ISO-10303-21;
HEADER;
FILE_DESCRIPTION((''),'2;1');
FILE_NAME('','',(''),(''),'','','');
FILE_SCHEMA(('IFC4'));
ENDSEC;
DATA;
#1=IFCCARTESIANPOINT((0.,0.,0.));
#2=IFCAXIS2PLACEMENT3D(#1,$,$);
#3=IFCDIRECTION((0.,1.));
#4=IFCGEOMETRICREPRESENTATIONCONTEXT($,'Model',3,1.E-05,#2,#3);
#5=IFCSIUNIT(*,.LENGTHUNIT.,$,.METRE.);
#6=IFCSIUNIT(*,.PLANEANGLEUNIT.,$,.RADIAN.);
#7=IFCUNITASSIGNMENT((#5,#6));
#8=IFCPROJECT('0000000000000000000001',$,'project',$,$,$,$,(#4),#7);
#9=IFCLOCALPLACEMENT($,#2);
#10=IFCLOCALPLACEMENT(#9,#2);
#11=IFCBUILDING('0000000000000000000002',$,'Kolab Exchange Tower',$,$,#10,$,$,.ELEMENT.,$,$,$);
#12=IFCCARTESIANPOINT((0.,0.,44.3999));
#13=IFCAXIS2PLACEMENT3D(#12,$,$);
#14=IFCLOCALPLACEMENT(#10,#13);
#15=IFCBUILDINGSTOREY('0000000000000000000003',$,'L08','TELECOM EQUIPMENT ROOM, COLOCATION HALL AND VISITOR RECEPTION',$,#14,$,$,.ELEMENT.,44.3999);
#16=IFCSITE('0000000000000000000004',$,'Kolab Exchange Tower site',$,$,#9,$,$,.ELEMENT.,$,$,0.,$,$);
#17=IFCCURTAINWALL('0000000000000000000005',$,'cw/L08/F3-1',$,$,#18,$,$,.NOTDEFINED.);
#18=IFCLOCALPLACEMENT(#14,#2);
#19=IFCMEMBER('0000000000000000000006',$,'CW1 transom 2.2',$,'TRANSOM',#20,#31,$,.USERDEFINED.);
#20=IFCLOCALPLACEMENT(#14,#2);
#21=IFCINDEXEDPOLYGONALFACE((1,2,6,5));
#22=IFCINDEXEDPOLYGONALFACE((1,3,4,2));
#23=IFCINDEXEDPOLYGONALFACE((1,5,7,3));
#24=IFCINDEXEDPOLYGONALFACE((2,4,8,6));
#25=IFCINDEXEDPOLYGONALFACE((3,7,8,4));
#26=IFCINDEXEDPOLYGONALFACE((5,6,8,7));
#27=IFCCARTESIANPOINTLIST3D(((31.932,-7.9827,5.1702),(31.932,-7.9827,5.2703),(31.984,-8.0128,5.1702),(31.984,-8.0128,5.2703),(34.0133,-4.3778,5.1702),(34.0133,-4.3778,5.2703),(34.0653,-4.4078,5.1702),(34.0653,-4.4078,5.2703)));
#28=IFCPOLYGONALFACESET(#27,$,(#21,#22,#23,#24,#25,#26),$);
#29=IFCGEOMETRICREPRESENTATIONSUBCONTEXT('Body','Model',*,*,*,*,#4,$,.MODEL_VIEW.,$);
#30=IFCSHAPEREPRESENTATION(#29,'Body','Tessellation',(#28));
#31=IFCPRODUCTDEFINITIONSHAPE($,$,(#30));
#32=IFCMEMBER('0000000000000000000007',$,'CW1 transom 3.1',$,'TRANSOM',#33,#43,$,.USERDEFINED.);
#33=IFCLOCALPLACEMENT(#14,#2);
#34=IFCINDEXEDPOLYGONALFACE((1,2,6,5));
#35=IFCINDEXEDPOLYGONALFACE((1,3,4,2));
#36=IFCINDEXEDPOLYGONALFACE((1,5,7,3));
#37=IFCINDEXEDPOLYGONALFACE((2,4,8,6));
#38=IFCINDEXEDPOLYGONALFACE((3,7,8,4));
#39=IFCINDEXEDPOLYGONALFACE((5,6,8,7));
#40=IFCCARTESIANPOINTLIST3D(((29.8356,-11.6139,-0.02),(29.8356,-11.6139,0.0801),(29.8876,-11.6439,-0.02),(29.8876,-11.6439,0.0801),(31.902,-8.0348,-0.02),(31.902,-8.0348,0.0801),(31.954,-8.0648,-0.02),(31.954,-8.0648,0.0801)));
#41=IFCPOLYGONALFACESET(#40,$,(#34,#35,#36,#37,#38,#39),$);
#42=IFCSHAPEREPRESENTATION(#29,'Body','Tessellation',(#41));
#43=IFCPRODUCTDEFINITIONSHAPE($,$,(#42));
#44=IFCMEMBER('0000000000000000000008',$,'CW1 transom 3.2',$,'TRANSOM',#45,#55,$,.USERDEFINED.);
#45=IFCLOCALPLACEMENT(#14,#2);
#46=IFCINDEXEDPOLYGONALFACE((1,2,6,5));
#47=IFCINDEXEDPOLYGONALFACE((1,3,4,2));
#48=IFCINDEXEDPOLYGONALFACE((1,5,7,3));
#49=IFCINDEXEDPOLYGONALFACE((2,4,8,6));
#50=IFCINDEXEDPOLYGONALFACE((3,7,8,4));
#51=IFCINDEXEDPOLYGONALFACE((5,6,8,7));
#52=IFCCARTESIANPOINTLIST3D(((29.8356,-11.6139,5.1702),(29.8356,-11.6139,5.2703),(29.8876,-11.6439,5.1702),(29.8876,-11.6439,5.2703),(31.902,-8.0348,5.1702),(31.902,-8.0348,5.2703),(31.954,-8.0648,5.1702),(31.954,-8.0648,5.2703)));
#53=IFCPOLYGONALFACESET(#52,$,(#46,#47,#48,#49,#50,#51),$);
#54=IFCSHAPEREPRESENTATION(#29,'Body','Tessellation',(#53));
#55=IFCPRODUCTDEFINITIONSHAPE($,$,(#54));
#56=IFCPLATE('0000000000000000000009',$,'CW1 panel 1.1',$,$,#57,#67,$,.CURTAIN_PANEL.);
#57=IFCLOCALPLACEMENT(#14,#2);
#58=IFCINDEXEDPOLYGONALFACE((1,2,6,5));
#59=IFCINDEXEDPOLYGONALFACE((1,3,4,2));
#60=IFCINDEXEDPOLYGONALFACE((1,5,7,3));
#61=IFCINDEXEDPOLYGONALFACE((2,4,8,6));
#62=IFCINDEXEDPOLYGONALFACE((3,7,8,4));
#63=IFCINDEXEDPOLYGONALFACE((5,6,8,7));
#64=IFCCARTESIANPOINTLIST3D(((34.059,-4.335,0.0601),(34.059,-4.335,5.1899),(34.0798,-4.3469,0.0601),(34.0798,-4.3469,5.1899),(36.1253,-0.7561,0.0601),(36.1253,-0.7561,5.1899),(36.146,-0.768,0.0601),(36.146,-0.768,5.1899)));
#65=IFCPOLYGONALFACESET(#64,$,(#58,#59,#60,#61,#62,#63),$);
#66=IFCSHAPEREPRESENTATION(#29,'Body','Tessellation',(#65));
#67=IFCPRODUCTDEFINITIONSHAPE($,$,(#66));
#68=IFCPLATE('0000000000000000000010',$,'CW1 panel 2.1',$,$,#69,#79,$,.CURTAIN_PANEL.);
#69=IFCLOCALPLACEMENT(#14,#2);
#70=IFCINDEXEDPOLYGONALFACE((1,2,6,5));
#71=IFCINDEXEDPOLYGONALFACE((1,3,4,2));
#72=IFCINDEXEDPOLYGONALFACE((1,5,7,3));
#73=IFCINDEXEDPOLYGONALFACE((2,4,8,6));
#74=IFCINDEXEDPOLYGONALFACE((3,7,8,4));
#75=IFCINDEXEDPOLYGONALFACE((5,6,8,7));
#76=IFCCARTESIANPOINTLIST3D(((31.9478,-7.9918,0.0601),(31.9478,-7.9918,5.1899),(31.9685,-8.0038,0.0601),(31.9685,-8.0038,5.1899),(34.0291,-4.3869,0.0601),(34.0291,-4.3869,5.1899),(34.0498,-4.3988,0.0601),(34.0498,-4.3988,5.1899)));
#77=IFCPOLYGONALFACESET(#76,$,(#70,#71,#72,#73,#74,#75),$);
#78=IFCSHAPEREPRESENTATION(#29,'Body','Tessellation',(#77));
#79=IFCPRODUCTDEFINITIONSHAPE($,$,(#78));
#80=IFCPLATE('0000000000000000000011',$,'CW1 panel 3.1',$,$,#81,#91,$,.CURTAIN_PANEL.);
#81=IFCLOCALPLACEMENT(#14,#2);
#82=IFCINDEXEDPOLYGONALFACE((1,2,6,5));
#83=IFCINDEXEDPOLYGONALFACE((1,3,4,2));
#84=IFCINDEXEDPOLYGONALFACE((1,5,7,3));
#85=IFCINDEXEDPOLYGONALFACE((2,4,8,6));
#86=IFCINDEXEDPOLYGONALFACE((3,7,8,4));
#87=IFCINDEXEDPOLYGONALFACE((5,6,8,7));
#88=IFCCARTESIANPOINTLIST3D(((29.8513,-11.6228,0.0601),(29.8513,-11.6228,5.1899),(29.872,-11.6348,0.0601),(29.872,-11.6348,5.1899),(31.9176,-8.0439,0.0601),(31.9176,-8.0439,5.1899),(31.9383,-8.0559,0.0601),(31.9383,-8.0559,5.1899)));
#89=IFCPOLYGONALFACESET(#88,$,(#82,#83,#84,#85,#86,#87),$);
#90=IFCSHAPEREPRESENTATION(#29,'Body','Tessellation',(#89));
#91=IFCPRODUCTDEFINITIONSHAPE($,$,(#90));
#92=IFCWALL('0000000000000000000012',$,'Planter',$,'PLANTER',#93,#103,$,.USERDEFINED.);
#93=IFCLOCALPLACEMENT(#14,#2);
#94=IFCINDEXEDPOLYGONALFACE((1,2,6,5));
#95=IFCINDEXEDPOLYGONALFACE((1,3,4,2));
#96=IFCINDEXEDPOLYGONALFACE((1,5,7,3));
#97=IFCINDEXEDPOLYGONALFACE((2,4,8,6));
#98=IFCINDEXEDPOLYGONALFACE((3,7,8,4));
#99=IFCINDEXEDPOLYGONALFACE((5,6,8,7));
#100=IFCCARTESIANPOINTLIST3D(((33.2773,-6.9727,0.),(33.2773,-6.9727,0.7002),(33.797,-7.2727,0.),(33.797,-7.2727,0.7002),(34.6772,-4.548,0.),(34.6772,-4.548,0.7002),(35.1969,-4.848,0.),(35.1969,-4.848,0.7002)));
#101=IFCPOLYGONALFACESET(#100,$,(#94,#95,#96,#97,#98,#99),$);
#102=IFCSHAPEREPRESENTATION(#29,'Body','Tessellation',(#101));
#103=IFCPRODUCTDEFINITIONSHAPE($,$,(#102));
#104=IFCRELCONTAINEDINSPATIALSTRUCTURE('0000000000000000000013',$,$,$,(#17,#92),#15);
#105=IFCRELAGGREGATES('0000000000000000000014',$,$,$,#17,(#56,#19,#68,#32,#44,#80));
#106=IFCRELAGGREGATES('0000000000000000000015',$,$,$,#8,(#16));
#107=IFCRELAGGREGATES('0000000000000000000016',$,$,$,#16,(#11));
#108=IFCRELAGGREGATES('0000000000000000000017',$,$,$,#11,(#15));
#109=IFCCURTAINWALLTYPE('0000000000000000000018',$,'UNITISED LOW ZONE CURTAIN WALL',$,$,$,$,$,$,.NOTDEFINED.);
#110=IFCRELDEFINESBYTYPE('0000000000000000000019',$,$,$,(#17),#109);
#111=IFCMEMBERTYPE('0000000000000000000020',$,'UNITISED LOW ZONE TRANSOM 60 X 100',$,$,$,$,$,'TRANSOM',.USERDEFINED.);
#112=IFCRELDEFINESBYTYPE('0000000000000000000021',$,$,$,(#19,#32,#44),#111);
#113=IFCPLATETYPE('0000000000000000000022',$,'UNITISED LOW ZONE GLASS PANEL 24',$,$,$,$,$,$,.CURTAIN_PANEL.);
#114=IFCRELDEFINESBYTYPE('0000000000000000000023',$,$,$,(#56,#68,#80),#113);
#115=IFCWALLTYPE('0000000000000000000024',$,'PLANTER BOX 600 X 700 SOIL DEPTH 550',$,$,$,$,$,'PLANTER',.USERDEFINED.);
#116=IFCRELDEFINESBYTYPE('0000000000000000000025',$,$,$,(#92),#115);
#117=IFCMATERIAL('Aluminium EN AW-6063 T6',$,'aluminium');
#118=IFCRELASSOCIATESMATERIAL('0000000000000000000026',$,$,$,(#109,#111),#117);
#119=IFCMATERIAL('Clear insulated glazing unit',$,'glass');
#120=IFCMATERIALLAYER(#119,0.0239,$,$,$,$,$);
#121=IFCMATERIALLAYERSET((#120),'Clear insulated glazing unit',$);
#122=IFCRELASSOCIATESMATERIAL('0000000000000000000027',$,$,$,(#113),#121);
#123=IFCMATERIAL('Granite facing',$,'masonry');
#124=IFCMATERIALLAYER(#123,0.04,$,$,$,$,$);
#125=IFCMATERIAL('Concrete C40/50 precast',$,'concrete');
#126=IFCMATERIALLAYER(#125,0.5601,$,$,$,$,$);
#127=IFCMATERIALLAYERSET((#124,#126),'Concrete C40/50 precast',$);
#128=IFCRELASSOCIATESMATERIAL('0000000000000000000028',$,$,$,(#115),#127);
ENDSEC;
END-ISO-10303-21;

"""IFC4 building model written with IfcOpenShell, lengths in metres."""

from ifc_helpers import new_model, si_unit, direction, frame, frame_2d, origin, origin_2d, place, context, subcontext, project, spatial, rectangle, extrude, material, layer, layer_set, material_profile, profile_set, type_object, element, aggregate, save


model = new_model("IFC4")

# Units and contexts
model_context = context("Model", 3, precision=1e-05, world=origin(), true_north=direction((0.0, 1.0)))
body_context = subcontext(model_context, "Body", "Model", "MODEL_VIEW")
ifc_project = project(units=[si_unit("LENGTHUNIT", "METRE"), si_unit("PLANEANGLEUNIT", "RADIAN")], contexts=[model_context])

# Site, building, storey
site_placement = place(None, origin())
site = spatial("IfcSite", under=ifc_project, at=site_placement, Name="Kolab Exchange Tower site", CompositionType="ELEMENT", RefElevation=0.0)
building_placement = place(site_placement, origin())
building = spatial("IfcBuilding", under=site, at=building_placement, Name="Kolab Exchange Tower", CompositionType="ELEMENT")
storey_placement = place(building_placement, frame((0.0, 0.0, 44.3999)))
storey = spatial("IfcBuildingStorey", under=building, at=storey_placement, Name="L08", Description="TELECOM EQUIPMENT ROOM, COLOCATION HALL AND VISITOR RECEPTION", CompositionType="ELEMENT", Elevation=44.3999)

# Curtain wall
ifc_material_1 = material(Name="Aluminium EN AW-6063 T6", Category="aluminium")
curtain_wall_type = type_object("IfcCurtainWallType", Name="UNITISED LOW ZONE CURTAIN WALL", PredefinedType="NOTDEFINED", material=ifc_material_1)
curtain_wall_1_placement = place(storey_placement, origin())
curtain_wall_1 = element("IfcCurtainWall", 1, at=curtain_wall_1_placement, inside=storey, type_object=curtain_wall_type, Name="cw/L08/F3-1", PredefinedType="NOTDEFINED")

# Members
ifc_material_profile_1 = material_profile(ifc_material_1, rectangle(XDim=0.0601, YDim=0.1001, at=origin_2d()), Name="RECT 60X100")
ifc_profile_set_1 = profile_set([ifc_material_profile_1], Name="Aluminium EN AW-6063 T6")
member_type_1 = type_object("IfcMemberType", Name="UNITISED LOW ZONE TRANSOM 60 X 100", ElementType="TRANSOM", PredefinedType="USERDEFINED", material=ifc_profile_set_1)
member_1_placement = place(storey_placement, frame((34.0393, -4.3928, 5.2202), z_axis=(-0.499993, -0.866029, 0.0), x_axis=(0.866029, -0.499993, 0.0)))
member_1 = element("IfcMember", 2, at=member_1_placement, type_object=member_type_1, Name="CW1 transom 2.2", ObjectType="TRANSOM", PredefinedType="USERDEFINED", context=body_context, shape_type="SweptSolid", body=[
    extrude(rectangle(XDim=0.0601, YDim=0.1001, at=origin_2d()), origin(), (0.0, 0.0, 1.0), 4.1626),
])
member_2_placement = place(storey_placement, frame((31.928, -8.0498, 0.03), z_axis=(-0.500002, -0.866024, 0.0), x_axis=(0.866024, -0.500002, 0.0)))
member_2 = element("IfcMember", 3, at=member_2_placement, type_object=member_type_1, Name="CW1 transom 3.1", ObjectType="TRANSOM", PredefinedType="USERDEFINED", context=body_context, shape_type="SweptSolid", body=[
    extrude(rectangle(XDim=0.0601, YDim=0.1001, at=origin_2d()), origin(), (0.0, 0.0, 1.0), 4.1328),
])
member_3_placement = place(storey_placement, frame((31.928, -8.0498, 5.2202), z_axis=(-0.500002, -0.866024, 0.0), x_axis=(0.866024, -0.500002, 0.0)))
member_3 = element("IfcMember", 4, at=member_3_placement, type_object=member_type_1, Name="CW1 transom 3.2", ObjectType="TRANSOM", PredefinedType="USERDEFINED", context=body_context, shape_type="SweptSolid", body=[
    extrude(rectangle(XDim=0.0601, YDim=0.1001, at=origin_2d()), origin(), (0.0, 0.0, 1.0), 4.1328),
])

# Plates
ifc_material_2 = material(Name="Clear insulated glazing unit", Category="glass")
ifc_layer_1 = layer(ifc_material_2, 0.0239)
ifc_layer_set_1 = layer_set([ifc_layer_1], Name="Clear insulated glazing unit")
plate_type = type_object("IfcPlateType", Name="UNITISED LOW ZONE GLASS PANEL 24", PredefinedType="CURTAIN_PANEL", material=ifc_layer_set_1)
plate_1_placement = place(storey_placement, frame((35.1025, -2.5515, 0.0601), z_axis=(0.0, 0.0, 1.0), x_axis=(-0.5, -0.866025, 0.0)))
plate_1 = element("IfcPlate", 5, at=plate_1_placement, type_object=plate_type, Name="CW1 panel 1.1", PredefinedType="CURTAIN_PANEL", context=body_context, shape_type="SweptSolid", body=[
    extrude(rectangle(XDim=4.1326, YDim=0.0239, at=origin_2d()), origin(), (0.0, 0.0, 1.0), 5.1299),
])
plate_2_placement = place(storey_placement, frame((32.9988, -6.1953, 0.0601), z_axis=(0.0, 0.0, 1.0), x_axis=(-0.5, -0.866025, 0.0)))
plate_2 = element("IfcPlate", 6, at=plate_2_placement, type_object=plate_type, Name="CW1 panel 2.1", PredefinedType="CURTAIN_PANEL", context=body_context, shape_type="SweptSolid", body=[
    extrude(rectangle(XDim=4.1626, YDim=0.0239, at=origin_2d()), origin(), (0.0, 0.0, 1.0), 5.1299),
])
plate_3_placement = place(storey_placement, frame((30.8948, -9.8394, 0.0601), z_axis=(0.0, 0.0, 1.0), x_axis=(-0.5, -0.866025, 0.0)))
plate_3 = element("IfcPlate", 7, at=plate_3_placement, type_object=plate_type, Name="CW1 panel 3.1", PredefinedType="CURTAIN_PANEL", context=body_context, shape_type="SweptSolid", body=[
    extrude(rectangle(XDim=4.1326, YDim=0.0239, at=origin_2d()), origin(), (0.0, 0.0, 1.0), 5.1299),
])
aggregate(curtain_wall_1, [plate_1, member_1, plate_2, member_2, member_3, plate_3])

# Wall
ifc_material_3 = material(Name="Granite facing", Category="masonry")
ifc_layer_2 = layer(ifc_material_3, 0.04)
ifc_material_4 = material(Name="Concrete C40/50 precast", Category="concrete")
ifc_layer_3 = layer(ifc_material_4, 0.5601)
ifc_layer_set_2 = layer_set([ifc_layer_2, ifc_layer_3], Name="Concrete C40/50 precast")
wall_type = type_object("IfcWallType", Name="PLANTER BOX 600 X 700 SOIL DEPTH 550", ElementType="PLANTER", PredefinedType="USERDEFINED", material=ifc_layer_set_2)
wall_placement = place(storey_placement, frame((34.937, -4.698, 0.0), z_axis=(0.0, 0.0, 1.0), x_axis=(-0.499984, -0.866035, 0.0)))
element("IfcWall", 8, at=wall_placement, inside=storey, type_object=wall_type, Name="Planter", ObjectType="PLANTER", PredefinedType="USERDEFINED", context=body_context, shape_type="SweptSolid", body=[
    extrude(rectangle(XDim=2.7998, YDim=0.6001, at=frame_2d((1.3999, 0.0))), origin(), (0.0, 0.0, 1.0), 0.7002),
])

save(model, "model.ifc")
